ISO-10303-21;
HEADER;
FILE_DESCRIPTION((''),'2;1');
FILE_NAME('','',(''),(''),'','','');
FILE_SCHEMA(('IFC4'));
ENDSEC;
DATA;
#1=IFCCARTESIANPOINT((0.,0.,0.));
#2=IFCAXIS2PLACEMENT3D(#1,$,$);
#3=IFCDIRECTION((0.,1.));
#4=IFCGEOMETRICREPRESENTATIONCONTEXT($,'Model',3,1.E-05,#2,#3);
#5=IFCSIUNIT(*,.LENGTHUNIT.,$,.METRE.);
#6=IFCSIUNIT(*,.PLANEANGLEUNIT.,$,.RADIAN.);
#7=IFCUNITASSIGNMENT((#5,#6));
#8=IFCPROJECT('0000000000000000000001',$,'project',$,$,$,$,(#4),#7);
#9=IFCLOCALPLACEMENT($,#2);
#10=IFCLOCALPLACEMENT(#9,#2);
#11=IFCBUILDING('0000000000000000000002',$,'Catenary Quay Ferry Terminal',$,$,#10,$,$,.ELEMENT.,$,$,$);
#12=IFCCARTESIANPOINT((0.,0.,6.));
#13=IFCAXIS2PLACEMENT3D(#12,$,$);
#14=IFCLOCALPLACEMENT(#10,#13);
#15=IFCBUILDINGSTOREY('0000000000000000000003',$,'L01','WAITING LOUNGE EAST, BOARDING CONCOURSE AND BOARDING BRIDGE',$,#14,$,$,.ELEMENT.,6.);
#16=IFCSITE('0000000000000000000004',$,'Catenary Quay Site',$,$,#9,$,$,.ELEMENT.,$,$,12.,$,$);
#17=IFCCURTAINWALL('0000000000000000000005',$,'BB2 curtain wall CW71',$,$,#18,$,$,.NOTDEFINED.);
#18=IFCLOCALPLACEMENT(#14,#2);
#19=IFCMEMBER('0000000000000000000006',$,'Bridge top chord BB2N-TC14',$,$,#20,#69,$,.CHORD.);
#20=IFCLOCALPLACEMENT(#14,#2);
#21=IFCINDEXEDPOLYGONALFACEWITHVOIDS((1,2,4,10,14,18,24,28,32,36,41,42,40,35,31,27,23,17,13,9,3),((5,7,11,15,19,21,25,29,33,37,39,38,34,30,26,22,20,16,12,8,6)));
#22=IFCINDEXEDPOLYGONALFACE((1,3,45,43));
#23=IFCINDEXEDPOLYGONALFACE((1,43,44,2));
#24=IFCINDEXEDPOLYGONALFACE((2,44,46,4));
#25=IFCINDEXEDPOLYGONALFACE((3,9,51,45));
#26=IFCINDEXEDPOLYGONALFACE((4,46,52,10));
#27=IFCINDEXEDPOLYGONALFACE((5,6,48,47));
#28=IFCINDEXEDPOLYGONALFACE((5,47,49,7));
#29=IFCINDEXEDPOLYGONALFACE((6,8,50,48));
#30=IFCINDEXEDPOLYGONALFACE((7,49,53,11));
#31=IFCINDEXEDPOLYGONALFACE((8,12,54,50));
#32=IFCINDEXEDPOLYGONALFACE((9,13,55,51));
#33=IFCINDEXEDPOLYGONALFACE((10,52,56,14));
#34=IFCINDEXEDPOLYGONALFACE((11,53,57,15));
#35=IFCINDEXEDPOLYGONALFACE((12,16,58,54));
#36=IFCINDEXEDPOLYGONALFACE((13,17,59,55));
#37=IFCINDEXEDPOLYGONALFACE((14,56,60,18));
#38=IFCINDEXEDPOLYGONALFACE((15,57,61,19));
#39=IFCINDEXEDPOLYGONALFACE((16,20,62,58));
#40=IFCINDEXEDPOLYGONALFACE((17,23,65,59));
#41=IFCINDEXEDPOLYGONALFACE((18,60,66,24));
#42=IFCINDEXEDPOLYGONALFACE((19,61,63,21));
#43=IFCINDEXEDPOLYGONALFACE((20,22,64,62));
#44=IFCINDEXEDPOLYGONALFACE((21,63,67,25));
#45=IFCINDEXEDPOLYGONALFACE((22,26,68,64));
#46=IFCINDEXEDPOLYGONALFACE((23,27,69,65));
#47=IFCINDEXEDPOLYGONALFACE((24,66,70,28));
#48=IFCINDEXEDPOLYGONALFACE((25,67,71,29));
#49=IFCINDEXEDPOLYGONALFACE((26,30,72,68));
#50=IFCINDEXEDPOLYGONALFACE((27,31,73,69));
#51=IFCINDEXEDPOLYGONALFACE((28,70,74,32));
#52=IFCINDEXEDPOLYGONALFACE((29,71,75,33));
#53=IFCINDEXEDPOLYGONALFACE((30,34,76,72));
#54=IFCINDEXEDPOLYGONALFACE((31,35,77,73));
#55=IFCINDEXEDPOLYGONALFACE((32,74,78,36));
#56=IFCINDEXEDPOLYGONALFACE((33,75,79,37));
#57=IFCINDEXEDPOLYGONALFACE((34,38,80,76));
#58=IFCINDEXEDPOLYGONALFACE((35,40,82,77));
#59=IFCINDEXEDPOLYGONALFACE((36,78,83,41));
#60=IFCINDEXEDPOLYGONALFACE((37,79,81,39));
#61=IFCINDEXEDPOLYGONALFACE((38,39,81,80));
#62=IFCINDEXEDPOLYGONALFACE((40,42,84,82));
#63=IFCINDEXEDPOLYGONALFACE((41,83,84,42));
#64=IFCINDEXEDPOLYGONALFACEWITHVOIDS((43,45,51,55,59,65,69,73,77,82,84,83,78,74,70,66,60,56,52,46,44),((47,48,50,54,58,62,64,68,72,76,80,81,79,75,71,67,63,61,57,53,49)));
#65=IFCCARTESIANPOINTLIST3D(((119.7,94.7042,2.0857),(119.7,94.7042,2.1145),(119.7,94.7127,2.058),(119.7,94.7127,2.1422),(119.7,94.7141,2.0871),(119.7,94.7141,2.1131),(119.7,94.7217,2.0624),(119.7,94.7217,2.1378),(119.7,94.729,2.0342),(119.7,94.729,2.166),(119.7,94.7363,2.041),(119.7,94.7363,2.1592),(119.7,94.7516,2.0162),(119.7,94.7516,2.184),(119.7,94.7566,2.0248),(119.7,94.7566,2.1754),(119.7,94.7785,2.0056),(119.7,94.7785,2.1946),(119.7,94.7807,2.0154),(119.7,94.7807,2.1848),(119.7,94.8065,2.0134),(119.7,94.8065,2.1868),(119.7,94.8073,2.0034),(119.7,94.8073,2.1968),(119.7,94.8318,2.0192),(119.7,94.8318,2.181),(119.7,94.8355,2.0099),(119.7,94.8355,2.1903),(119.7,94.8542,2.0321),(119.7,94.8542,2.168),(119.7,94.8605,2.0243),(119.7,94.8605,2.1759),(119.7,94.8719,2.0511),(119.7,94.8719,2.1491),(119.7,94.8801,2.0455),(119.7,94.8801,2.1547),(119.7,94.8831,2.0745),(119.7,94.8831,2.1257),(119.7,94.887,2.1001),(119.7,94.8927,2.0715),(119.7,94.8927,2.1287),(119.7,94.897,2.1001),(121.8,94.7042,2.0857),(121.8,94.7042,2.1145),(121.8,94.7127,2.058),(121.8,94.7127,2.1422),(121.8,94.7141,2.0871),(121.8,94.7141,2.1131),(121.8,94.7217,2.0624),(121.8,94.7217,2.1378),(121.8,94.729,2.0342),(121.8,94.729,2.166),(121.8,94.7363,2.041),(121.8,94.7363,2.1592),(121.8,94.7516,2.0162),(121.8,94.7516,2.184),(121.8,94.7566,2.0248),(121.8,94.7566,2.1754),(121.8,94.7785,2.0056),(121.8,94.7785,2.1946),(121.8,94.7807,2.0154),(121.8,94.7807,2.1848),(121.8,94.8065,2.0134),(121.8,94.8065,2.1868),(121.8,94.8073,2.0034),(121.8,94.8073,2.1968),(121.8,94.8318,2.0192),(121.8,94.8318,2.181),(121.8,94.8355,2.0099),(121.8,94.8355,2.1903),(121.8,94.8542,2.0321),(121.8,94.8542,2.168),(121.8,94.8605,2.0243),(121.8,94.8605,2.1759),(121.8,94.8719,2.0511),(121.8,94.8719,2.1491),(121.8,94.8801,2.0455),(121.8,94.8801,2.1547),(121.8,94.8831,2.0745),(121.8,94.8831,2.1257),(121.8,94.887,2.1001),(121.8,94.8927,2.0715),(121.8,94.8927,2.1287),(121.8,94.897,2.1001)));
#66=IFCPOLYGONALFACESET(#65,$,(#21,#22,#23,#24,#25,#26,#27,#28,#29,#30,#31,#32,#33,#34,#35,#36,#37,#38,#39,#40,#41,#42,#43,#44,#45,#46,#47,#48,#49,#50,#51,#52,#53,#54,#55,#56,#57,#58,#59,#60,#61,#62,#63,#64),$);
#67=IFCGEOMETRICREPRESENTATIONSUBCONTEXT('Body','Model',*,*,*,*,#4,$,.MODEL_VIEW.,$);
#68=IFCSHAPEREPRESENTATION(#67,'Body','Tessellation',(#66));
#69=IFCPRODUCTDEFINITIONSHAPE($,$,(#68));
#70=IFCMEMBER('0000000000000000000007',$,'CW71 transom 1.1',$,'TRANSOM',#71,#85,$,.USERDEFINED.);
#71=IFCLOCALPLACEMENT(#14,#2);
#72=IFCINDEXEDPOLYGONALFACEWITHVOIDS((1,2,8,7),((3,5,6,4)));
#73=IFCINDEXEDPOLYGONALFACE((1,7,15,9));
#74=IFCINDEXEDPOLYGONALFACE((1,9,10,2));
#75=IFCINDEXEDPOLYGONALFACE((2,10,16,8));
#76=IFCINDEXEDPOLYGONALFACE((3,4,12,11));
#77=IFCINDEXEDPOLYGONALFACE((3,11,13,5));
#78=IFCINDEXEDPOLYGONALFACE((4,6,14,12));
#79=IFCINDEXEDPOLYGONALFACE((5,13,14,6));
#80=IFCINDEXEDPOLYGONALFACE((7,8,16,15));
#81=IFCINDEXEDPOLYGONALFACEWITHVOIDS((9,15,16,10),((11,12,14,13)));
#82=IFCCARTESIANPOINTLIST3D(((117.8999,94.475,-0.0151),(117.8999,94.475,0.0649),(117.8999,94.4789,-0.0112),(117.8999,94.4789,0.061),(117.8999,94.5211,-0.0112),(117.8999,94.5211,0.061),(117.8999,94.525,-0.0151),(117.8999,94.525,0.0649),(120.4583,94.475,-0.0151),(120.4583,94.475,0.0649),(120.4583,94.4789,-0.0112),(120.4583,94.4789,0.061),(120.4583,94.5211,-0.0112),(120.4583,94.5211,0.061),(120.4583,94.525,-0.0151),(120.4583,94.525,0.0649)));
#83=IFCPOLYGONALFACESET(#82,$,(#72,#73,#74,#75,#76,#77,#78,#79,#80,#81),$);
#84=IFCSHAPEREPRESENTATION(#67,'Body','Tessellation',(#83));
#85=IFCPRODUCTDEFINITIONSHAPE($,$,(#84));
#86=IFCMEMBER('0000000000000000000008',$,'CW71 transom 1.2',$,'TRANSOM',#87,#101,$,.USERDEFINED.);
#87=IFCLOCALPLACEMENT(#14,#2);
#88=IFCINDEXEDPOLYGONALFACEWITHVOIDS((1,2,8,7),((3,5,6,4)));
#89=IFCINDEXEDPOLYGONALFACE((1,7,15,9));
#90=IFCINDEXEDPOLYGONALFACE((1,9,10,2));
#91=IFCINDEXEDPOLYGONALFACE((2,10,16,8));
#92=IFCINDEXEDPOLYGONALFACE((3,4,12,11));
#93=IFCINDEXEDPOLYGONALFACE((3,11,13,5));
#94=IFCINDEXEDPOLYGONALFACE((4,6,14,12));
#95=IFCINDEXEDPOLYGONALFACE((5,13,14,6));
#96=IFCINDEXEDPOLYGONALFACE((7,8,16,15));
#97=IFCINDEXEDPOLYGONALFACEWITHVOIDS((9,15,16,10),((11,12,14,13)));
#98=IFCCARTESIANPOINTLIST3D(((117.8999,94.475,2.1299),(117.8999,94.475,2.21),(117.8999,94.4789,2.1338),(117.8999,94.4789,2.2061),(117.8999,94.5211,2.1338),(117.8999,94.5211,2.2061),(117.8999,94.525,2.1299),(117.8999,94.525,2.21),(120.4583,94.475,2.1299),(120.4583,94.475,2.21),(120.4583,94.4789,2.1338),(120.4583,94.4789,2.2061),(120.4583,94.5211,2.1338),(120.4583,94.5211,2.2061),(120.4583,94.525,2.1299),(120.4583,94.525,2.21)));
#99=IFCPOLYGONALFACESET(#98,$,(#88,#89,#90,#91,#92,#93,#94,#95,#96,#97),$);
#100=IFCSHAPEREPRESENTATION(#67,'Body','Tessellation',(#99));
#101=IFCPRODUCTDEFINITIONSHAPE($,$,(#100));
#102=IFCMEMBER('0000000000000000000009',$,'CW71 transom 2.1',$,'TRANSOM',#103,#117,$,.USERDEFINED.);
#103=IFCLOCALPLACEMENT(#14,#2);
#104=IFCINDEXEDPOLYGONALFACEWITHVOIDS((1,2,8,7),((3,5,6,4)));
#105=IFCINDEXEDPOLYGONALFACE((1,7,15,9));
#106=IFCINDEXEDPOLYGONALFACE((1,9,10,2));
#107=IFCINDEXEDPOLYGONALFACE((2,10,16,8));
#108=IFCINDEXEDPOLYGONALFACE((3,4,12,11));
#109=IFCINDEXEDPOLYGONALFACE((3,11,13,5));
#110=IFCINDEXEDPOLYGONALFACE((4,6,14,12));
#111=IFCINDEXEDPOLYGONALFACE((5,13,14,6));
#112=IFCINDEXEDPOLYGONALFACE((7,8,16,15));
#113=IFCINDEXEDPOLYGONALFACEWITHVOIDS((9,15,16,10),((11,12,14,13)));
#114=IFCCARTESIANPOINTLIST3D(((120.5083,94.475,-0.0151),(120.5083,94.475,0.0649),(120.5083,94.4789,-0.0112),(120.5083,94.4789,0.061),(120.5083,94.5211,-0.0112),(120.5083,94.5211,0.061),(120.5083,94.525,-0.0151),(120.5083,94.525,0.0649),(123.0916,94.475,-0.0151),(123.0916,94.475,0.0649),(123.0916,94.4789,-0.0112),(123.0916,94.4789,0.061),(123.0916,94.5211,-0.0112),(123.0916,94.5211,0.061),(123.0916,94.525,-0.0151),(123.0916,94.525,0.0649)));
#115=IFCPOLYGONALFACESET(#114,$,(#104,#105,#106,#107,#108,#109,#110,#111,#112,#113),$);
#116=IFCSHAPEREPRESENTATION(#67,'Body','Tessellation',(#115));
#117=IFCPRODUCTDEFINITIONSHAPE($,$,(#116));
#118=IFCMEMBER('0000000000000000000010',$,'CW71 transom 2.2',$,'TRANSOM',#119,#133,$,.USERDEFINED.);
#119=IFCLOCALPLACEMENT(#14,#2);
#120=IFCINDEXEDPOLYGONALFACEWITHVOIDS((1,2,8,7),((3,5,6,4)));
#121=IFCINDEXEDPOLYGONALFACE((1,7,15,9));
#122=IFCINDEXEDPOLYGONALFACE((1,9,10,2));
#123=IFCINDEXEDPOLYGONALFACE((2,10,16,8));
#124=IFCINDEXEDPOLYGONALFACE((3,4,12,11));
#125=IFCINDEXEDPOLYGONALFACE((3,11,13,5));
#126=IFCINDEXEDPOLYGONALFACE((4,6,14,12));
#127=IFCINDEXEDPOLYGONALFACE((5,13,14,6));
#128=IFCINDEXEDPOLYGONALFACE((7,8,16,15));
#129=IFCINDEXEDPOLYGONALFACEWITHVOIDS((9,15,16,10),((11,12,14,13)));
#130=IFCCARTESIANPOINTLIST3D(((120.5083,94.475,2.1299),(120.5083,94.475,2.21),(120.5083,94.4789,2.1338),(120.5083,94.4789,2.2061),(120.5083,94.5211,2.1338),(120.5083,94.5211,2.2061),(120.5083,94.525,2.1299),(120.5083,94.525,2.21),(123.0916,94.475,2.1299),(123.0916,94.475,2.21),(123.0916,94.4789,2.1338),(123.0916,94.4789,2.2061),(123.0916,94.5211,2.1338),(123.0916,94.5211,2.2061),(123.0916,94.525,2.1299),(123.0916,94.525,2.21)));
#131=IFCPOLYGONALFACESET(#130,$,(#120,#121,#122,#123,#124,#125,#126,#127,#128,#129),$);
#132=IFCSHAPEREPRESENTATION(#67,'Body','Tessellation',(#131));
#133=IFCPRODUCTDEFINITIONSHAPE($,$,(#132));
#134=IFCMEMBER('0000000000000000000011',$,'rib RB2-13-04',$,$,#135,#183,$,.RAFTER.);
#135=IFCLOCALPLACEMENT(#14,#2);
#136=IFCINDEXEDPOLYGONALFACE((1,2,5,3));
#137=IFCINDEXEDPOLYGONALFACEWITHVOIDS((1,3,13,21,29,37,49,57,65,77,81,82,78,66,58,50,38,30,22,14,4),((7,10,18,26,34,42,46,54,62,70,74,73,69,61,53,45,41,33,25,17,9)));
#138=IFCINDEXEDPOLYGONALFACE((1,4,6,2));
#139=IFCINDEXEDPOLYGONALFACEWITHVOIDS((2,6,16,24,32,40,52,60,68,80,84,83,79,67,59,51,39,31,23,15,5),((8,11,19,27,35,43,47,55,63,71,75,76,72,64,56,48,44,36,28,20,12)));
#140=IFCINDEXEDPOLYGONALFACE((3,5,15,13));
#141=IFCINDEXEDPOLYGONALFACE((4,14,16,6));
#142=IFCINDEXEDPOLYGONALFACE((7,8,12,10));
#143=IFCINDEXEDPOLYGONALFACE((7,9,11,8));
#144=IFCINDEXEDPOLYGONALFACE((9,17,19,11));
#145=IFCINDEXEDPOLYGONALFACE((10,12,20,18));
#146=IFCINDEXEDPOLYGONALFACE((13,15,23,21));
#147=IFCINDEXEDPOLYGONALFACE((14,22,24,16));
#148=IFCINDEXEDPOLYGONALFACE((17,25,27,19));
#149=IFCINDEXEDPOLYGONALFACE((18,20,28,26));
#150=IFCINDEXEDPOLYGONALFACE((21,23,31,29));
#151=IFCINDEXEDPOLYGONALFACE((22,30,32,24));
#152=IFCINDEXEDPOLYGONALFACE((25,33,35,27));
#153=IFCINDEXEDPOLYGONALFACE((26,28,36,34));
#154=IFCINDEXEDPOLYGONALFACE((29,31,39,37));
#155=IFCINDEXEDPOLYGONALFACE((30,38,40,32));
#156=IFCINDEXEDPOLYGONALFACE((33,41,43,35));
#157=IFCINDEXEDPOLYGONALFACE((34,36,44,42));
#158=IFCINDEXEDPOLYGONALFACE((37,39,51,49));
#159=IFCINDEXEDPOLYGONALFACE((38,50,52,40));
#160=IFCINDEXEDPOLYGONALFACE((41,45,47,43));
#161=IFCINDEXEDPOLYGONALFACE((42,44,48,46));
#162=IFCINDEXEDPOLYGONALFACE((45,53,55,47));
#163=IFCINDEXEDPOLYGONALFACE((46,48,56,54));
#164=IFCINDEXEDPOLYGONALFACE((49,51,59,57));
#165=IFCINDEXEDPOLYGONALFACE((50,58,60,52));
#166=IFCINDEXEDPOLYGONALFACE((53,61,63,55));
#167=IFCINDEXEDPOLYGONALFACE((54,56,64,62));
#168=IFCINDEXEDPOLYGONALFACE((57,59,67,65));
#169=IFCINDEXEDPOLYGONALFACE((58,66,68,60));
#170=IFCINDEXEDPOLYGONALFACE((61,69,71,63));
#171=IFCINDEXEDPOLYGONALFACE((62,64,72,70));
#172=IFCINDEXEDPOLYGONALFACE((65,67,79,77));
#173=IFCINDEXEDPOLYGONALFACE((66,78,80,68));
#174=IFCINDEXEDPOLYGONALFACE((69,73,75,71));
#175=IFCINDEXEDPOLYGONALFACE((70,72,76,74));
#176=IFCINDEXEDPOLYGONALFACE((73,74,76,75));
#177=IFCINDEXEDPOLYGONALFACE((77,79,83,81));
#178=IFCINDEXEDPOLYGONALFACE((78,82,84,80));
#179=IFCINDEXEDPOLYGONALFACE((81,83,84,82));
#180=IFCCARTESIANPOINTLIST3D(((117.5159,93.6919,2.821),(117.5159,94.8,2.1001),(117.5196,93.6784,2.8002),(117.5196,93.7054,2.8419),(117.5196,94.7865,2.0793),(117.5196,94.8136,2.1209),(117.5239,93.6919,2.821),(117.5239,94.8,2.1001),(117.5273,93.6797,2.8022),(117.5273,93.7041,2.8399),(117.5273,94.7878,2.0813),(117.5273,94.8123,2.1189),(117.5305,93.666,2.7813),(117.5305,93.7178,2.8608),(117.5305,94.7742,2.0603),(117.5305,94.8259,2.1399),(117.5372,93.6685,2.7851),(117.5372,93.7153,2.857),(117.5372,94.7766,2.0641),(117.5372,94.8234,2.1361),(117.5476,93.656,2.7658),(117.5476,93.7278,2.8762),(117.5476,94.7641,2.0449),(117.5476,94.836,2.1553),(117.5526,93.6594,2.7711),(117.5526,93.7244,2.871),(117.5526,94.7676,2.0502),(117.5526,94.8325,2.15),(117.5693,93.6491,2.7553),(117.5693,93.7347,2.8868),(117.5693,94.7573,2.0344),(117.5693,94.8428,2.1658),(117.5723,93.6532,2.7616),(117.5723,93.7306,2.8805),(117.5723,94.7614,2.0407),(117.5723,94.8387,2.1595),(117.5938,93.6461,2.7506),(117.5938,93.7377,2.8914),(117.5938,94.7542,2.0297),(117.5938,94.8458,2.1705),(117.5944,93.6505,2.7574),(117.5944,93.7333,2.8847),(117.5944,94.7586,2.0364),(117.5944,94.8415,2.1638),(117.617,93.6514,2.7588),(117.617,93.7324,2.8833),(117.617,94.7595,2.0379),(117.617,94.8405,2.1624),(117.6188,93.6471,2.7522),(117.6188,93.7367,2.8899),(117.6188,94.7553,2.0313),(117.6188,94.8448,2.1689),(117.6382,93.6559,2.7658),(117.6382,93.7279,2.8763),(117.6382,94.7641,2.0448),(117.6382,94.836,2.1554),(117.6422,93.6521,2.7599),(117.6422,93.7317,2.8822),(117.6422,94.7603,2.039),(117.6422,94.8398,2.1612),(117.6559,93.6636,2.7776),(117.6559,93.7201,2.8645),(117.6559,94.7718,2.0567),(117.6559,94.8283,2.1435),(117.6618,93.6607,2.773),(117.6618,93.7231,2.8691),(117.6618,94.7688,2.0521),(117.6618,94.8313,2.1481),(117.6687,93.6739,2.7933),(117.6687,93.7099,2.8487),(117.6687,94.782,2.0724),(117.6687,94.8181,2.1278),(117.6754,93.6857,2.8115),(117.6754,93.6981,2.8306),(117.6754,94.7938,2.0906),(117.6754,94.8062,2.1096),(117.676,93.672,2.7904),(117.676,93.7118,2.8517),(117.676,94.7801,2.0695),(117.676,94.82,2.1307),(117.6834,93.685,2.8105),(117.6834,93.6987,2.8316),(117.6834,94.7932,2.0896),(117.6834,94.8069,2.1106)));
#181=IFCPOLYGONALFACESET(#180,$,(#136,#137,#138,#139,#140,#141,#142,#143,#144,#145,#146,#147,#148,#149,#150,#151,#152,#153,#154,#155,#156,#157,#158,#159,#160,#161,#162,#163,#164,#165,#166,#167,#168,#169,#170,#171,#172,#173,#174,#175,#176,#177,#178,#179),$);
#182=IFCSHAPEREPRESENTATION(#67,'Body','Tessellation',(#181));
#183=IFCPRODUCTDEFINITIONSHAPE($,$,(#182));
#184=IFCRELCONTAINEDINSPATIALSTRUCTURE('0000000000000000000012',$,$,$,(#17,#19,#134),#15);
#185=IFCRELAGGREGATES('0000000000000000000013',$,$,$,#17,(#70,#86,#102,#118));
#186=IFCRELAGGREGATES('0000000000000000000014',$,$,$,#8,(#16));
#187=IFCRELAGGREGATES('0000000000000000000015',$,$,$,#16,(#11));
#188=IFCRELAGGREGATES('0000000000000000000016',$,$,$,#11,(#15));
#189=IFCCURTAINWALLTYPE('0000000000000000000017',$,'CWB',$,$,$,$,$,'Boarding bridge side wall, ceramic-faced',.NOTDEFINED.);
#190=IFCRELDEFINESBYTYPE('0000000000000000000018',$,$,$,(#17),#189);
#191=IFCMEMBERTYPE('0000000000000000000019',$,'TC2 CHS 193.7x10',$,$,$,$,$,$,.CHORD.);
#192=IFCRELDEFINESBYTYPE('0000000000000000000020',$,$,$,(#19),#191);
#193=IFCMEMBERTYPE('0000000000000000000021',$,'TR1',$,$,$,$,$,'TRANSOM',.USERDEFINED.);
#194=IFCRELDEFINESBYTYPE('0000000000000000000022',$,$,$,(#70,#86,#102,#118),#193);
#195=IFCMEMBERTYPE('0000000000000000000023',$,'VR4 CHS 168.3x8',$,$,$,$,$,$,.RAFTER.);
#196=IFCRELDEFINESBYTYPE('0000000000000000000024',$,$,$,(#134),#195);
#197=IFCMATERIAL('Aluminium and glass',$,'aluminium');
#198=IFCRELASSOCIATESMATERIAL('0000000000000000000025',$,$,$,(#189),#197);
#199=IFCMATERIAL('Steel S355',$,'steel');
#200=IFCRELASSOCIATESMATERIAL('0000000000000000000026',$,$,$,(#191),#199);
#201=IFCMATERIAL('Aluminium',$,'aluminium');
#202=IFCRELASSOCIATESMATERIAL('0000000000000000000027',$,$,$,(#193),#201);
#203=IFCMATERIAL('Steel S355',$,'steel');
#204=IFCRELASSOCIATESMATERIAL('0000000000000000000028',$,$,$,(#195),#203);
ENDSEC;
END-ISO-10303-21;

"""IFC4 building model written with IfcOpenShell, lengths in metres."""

from ifc_helpers import new_model, si_unit, direction, frame, origin, origin_2d, place, context, subcontext, project, spatial, hollow_rectangle, hollow_circle, extrude, material, material_profile, profile_set, type_object, element, aggregate, save


model = new_model("IFC4")

# Units and contexts
model_context = context("Model", 3, precision=1e-05, world=origin(), true_north=direction((0.0, 1.0)))
body_context = subcontext(model_context, "Body", "Model", "MODEL_VIEW")
ifc_project = project(units=[si_unit("LENGTHUNIT", "METRE"), si_unit("PLANEANGLEUNIT", "RADIAN")], contexts=[model_context])

# Site, building, storey
site_placement = place(None, origin())
site = spatial("IfcSite", under=ifc_project, at=site_placement, Name="Catenary Quay Site", CompositionType="ELEMENT", RefElevation=12.0)
building_placement = place(site_placement, origin())
building = spatial("IfcBuilding", under=site, at=building_placement, Name="Catenary Quay Ferry Terminal", CompositionType="ELEMENT")
storey_placement = place(building_placement, frame((0.0, 0.0, 6.0)))
storey = spatial("IfcBuildingStorey", under=building, at=storey_placement, Name="L01", Description="WAITING LOUNGE EAST, BOARDING CONCOURSE AND BOARDING BRIDGE", CompositionType="ELEMENT", Elevation=6.0)

# Curtain wall
ifc_material_1 = material(Name="Aluminium and glass", Category="aluminium")
curtain_wall_type = type_object("IfcCurtainWallType", Name="CWB", ElementType="Boarding bridge side wall, ceramic-faced", PredefinedType="NOTDEFINED", material=ifc_material_1)
curtain_wall_placement = place(storey_placement, origin())
curtain_wall = element("IfcCurtainWall", 1, at=curtain_wall_placement, inside=storey, type_object=curtain_wall_type, Name="BB2 curtain wall CW71", PredefinedType="NOTDEFINED")

# Member
ifc_material_2 = material(Name="Steel S355", Category="steel")
ifc_material_profile_1 = material_profile(ifc_material_2, hollow_circle(Radius=0.0969, WallThickness=0.01, at=origin_2d()), Name="CHS 193.7x10")
ifc_profile_set_1 = profile_set([ifc_material_profile_1], Name="Steel S355")
member_type_1 = type_object("IfcMemberType", Name="TC2 CHS 193.7x10", PredefinedType="CHORD", material=ifc_profile_set_1)
member_1_placement = place(storey_placement, frame((119.7, 94.8, 2.1001), z_axis=(1.0, 0.0, 0.0), x_axis=(0.0, 1.0, 0.0)))
element("IfcMember", 2, at=member_1_placement, inside=storey, type_object=member_type_1, Name="Bridge top chord BB2N-TC14", PredefinedType="CHORD", context=body_context, shape_type="SweptSolid", body=[
    extrude(hollow_circle(Radius=0.0969, WallThickness=0.01, at=origin_2d()), origin(), (0.0, 0.0, 1.0), 2.1001),
])

# Members
ifc_material_3 = material(Name="Aluminium", Category="aluminium")
ifc_material_profile_2 = material_profile(ifc_material_3, hollow_rectangle(XDim=0.05, YDim=0.0801, WallThickness=0.0039, at=origin_2d()), Name="TR1")
ifc_profile_set_2 = profile_set([ifc_material_profile_2], Name="Aluminium")
member_type_2 = type_object("IfcMemberType", Name="TR1", ElementType="TRANSOM", PredefinedType="USERDEFINED", material=ifc_profile_set_2)
member_2_placement = place(storey_placement, frame((117.8999, 94.5, 0.0249), z_axis=(1.0, 0.0, 0.0), x_axis=(0.0, 1.0, 0.0)))
member_2 = element("IfcMember", 3, at=member_2_placement, type_object=member_type_2, Name="CW71 transom 1.1", ObjectType="TRANSOM", PredefinedType="USERDEFINED", context=body_context, shape_type="SweptSolid", body=[
    extrude(hollow_rectangle(XDim=0.05, YDim=0.0801, WallThickness=0.0039, at=origin_2d()), origin(), (0.0, 0.0, 1.0), 2.5583),
])
member_3_placement = place(storey_placement, frame((117.8999, 94.5, 2.1699), z_axis=(1.0, 0.0, 0.0), x_axis=(0.0, 1.0, 0.0)))
member_3 = element("IfcMember", 4, at=member_3_placement, type_object=member_type_2, Name="CW71 transom 1.2", ObjectType="TRANSOM", PredefinedType="USERDEFINED", context=body_context, shape_type="SweptSolid", body=[
    extrude(hollow_rectangle(XDim=0.05, YDim=0.0801, WallThickness=0.0039, at=origin_2d()), origin(), (0.0, 0.0, 1.0), 2.5583),
])
member_4_placement = place(storey_placement, frame((120.5083, 94.5, 0.0249), z_axis=(1.0, 0.0, 0.0), x_axis=(0.0, 1.0, 0.0)))
member_4 = element("IfcMember", 5, at=member_4_placement, type_object=member_type_2, Name="CW71 transom 2.1", ObjectType="TRANSOM", PredefinedType="USERDEFINED", context=body_context, shape_type="SweptSolid", body=[
    extrude(hollow_rectangle(XDim=0.05, YDim=0.0801, WallThickness=0.0039, at=origin_2d()), origin(), (0.0, 0.0, 1.0), 2.5833),
])
member_5_placement = place(storey_placement, frame((120.5083, 94.5, 2.1699), z_axis=(1.0, 0.0, 0.0), x_axis=(0.0, 1.0, 0.0)))
member_5 = element("IfcMember", 6, at=member_5_placement, type_object=member_type_2, Name="CW71 transom 2.2", ObjectType="TRANSOM", PredefinedType="USERDEFINED", context=body_context, shape_type="SweptSolid", body=[
    extrude(hollow_rectangle(XDim=0.05, YDim=0.0801, WallThickness=0.0039, at=origin_2d()), origin(), (0.0, 0.0, 1.0), 2.5833),
])

# Member
ifc_material_4 = material(Name="Steel S355", Category="steel")
ifc_material_profile_3 = material_profile(ifc_material_4, hollow_circle(Radius=0.0842, WallThickness=0.0081, at=origin_2d()), Name="CHS 168.3x8")
ifc_profile_set_3 = profile_set([ifc_material_profile_3], Name="Steel S355")
member_type_3 = type_object("IfcMemberType", Name="VR4 CHS 168.3x8", PredefinedType="RAFTER", material=ifc_profile_set_3)
member_6_placement = place(storey_placement, frame((117.6001, 93.6919, 2.821), z_axis=(0.0, 0.83822, -0.545332), x_axis=(-1.0, 0.0, 0.0)))
element("IfcMember", 7, at=member_6_placement, inside=storey, type_object=member_type_3, Name="rib RB2-13-04", PredefinedType="RAFTER", context=body_context, shape_type="SweptSolid", body=[
    extrude(hollow_circle(Radius=0.0842, WallThickness=0.0081, at=origin_2d()), origin(), (0.0, 0.0, 1.0), 1.322),
])

aggregate(curtain_wall, [member_2, member_3, member_4, member_5])

save(model, "model.ifc")
